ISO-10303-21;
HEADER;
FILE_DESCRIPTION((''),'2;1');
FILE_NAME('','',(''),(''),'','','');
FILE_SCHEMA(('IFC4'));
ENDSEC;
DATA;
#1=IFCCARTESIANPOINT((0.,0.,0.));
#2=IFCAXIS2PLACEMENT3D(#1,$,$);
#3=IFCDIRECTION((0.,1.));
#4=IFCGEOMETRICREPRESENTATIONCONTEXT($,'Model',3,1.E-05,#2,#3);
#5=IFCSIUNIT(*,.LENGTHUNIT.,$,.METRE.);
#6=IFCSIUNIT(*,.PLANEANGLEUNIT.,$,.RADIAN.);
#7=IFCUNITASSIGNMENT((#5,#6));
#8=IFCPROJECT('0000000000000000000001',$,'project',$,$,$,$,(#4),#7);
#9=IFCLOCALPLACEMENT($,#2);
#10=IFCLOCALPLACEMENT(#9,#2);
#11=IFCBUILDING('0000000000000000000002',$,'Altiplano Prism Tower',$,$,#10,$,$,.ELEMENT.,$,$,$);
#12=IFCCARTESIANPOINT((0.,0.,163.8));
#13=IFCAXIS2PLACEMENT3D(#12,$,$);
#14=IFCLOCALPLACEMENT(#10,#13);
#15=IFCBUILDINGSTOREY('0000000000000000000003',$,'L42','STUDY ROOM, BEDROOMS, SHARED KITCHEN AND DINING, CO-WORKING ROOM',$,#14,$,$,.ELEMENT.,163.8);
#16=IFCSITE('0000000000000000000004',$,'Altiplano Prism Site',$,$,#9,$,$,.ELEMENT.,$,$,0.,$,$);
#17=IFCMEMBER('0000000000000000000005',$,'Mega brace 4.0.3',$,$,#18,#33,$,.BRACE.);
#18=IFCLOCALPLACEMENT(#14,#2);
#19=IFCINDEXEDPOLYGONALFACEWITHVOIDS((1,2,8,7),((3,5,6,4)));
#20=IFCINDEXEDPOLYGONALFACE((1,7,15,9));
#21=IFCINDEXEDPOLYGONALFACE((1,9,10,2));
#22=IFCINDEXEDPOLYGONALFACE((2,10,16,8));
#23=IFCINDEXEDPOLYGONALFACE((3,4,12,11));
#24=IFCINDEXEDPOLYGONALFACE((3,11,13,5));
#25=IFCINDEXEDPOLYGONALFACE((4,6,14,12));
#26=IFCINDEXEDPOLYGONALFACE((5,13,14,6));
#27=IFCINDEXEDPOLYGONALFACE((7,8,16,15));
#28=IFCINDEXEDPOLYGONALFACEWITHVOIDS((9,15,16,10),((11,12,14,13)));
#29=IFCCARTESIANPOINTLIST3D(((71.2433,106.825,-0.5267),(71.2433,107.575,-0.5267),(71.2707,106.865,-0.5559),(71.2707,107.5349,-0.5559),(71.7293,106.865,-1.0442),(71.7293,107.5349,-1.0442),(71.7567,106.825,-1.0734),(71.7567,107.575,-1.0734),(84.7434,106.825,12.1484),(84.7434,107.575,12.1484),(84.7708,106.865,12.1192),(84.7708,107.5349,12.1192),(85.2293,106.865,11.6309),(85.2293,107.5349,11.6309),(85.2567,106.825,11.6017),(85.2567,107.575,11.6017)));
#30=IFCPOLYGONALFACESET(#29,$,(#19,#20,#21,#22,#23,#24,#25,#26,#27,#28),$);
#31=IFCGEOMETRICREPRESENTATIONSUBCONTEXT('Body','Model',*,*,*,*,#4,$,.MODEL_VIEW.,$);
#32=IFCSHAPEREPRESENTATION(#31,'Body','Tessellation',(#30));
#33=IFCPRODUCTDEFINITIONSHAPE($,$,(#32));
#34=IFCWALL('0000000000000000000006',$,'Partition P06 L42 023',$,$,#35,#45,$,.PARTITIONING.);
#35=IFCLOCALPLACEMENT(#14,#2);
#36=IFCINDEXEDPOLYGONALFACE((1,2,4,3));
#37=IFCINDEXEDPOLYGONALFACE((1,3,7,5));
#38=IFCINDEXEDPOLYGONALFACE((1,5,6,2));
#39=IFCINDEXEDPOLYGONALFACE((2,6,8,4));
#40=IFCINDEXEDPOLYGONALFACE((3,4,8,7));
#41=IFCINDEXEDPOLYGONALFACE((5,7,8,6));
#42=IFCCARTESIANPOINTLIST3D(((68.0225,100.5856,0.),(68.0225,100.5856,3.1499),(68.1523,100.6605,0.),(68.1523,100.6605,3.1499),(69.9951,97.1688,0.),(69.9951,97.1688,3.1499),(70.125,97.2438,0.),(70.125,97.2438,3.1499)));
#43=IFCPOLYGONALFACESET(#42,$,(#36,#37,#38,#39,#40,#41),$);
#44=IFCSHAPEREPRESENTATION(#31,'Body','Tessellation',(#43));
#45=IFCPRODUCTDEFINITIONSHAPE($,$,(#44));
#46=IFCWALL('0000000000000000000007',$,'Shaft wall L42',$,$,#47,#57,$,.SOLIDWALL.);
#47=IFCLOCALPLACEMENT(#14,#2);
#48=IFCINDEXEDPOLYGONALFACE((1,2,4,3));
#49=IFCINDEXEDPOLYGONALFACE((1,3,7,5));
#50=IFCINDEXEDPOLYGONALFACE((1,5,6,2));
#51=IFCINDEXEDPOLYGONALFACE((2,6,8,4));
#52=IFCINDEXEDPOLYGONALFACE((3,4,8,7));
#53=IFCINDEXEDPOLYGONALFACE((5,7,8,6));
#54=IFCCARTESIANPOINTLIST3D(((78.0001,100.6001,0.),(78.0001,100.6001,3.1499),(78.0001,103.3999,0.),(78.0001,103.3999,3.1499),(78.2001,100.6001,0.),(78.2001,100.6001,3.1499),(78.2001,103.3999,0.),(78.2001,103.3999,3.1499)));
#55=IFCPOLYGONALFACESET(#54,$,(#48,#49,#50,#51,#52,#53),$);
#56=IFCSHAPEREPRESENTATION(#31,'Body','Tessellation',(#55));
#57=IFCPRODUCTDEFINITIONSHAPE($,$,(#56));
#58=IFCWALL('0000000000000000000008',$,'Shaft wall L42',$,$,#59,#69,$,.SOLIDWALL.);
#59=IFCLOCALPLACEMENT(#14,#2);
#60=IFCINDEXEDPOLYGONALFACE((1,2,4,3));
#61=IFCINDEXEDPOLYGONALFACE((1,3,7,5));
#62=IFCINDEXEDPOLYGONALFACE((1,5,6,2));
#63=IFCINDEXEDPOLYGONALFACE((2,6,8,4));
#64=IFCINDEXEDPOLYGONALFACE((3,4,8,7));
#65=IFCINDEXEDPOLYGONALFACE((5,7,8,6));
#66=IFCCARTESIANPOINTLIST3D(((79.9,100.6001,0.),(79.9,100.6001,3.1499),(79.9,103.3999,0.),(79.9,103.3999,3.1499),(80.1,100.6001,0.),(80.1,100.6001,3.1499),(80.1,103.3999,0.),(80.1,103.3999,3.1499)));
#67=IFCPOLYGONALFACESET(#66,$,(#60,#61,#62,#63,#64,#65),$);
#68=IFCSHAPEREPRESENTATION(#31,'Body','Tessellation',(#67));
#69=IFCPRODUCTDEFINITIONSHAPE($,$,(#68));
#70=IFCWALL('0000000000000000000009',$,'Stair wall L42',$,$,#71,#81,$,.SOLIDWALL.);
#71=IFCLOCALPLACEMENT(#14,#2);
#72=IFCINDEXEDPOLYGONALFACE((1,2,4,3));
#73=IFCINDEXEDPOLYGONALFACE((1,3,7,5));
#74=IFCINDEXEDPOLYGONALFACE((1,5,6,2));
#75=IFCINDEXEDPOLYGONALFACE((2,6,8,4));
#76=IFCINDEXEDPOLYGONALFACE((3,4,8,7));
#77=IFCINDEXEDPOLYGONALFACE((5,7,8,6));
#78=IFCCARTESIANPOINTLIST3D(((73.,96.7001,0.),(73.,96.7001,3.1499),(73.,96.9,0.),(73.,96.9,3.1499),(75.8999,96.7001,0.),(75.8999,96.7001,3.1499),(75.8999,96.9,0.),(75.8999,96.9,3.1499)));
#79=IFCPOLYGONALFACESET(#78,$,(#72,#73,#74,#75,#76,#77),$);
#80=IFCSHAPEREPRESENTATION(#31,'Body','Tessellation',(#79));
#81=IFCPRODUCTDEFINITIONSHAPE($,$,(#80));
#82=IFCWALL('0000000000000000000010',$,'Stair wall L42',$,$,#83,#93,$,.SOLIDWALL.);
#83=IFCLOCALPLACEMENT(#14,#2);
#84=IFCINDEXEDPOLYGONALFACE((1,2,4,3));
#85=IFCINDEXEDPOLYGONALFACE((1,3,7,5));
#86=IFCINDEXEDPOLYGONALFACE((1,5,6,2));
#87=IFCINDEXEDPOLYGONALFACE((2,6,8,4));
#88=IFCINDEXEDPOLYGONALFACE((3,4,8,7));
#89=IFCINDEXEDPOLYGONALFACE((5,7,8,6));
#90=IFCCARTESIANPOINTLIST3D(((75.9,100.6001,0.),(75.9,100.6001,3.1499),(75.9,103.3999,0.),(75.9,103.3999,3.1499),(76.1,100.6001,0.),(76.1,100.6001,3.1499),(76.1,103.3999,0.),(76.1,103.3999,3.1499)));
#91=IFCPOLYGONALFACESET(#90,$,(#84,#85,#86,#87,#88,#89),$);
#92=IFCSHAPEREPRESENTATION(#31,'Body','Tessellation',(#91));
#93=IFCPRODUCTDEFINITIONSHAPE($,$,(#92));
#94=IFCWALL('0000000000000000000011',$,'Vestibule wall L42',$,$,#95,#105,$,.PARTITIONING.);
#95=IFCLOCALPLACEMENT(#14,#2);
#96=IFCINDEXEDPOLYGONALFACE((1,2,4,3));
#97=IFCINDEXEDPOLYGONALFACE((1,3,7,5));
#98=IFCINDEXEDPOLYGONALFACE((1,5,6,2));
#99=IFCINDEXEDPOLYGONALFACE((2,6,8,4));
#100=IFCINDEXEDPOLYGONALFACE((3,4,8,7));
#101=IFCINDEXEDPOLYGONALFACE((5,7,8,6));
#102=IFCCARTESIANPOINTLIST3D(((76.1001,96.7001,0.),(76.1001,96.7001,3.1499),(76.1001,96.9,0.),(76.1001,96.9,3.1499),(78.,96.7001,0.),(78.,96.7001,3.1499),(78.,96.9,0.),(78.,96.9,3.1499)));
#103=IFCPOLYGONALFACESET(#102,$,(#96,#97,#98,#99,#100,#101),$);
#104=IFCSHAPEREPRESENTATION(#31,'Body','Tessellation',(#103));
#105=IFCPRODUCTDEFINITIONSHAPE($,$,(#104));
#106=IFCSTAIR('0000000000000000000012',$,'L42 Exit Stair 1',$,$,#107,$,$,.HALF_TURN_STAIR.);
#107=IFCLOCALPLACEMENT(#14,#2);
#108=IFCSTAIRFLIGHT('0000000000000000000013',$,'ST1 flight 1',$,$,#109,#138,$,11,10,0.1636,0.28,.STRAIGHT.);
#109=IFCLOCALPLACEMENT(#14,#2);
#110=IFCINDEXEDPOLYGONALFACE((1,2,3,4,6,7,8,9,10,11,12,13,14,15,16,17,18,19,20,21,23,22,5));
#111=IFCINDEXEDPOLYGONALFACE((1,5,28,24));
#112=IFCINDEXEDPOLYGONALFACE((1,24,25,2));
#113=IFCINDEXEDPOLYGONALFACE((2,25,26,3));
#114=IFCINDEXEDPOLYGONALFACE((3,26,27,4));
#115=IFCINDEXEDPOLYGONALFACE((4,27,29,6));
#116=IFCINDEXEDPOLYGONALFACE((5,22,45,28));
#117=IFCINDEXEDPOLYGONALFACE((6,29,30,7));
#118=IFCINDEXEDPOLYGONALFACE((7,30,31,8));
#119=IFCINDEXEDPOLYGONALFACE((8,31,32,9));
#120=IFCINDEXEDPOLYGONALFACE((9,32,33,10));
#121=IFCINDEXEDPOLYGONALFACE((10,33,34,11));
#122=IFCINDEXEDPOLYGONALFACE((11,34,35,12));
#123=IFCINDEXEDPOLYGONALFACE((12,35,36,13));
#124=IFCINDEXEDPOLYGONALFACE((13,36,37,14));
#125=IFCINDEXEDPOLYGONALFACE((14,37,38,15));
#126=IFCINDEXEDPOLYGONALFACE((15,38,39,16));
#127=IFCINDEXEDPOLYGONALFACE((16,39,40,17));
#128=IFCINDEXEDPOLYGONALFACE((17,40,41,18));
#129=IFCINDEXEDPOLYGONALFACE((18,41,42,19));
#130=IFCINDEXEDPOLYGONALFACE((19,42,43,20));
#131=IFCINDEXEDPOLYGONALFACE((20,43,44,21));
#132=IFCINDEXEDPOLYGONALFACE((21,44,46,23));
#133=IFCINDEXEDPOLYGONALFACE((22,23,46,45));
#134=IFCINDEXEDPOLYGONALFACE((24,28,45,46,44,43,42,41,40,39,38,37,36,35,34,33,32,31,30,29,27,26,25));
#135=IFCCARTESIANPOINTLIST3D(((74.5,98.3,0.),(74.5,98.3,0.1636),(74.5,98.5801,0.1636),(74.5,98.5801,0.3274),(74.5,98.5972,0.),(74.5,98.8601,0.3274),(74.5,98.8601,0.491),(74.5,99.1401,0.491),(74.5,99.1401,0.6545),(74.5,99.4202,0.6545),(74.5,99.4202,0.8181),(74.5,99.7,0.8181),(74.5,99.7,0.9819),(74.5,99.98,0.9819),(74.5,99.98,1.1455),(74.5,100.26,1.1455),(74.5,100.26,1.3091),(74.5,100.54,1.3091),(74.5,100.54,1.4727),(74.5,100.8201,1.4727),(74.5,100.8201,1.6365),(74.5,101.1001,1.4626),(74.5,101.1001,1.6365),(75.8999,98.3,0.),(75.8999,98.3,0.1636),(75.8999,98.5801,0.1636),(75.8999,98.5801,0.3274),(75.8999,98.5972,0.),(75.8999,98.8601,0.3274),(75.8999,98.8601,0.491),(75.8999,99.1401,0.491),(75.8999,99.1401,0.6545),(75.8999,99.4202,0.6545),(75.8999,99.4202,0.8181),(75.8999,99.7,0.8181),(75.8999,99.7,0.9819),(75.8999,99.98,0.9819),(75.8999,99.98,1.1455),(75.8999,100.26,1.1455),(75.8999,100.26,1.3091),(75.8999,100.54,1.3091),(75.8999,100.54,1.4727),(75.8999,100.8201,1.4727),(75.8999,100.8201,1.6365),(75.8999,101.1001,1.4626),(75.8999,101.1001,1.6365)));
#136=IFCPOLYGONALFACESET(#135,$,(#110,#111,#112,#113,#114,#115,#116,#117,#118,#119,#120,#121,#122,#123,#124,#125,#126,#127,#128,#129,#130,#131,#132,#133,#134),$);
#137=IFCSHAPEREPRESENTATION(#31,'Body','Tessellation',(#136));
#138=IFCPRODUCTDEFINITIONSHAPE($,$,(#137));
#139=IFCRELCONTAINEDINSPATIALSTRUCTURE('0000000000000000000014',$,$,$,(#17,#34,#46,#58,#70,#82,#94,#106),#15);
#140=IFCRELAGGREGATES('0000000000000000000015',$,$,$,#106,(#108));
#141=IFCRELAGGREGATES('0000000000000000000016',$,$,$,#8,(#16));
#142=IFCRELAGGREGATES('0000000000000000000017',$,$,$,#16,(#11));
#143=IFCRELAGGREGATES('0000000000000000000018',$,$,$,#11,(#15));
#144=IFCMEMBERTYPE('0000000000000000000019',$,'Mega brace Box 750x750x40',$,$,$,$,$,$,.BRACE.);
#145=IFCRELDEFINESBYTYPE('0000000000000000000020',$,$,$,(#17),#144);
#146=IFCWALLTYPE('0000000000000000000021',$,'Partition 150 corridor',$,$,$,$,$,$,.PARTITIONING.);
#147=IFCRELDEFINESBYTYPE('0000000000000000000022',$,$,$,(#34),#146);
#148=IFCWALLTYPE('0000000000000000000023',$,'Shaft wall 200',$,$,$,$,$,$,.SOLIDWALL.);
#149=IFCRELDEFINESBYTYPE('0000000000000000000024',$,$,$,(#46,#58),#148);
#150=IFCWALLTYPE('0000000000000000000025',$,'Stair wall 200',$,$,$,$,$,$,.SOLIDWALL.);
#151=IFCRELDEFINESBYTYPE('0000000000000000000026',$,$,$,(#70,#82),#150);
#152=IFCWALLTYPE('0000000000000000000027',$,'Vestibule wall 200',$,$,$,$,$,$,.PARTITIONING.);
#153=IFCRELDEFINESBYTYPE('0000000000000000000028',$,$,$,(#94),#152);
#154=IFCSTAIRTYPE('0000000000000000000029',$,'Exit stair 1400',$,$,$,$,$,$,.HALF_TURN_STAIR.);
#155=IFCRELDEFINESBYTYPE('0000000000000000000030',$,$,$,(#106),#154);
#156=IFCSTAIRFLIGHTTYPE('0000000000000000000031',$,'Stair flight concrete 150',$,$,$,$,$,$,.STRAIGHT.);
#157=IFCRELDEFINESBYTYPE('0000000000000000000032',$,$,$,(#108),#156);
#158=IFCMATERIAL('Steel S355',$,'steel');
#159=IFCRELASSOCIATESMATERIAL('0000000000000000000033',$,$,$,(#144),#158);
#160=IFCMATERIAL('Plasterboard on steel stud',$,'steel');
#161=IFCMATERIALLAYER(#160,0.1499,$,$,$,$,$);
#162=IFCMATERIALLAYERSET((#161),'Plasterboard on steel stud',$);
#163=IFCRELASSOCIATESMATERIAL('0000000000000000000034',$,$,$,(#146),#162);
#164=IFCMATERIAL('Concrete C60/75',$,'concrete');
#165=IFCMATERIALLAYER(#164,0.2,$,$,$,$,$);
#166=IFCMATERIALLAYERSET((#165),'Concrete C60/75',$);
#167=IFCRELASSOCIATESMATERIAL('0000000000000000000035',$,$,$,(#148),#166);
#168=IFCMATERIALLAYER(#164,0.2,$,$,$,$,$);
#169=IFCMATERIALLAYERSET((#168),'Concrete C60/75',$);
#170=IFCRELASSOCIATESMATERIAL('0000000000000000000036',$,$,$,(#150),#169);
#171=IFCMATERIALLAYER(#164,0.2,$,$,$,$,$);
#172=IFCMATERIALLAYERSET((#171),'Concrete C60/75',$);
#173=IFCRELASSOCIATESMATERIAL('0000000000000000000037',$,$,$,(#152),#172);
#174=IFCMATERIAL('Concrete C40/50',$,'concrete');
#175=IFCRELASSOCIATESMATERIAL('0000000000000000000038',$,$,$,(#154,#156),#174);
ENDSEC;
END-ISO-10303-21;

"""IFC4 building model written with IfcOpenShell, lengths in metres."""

from ifc_helpers import new_model, si_unit, direction, frame, frame_2d, origin, origin_2d, place, context, subcontext, project, spatial, polyline, rectangle, hollow_rectangle, outline, extrude, material, layer, layer_set, material_profile, profile_set, type_object, element, aggregate, save


model = new_model("IFC4")

# Units and contexts
model_context = context("Model", 3, precision=1e-05, world=origin(), true_north=direction((0.0, 1.0)))
body_context = subcontext(model_context, "Body", "Model", "MODEL_VIEW")
ifc_project = project(units=[si_unit("LENGTHUNIT", "METRE"), si_unit("PLANEANGLEUNIT", "RADIAN")], contexts=[model_context])

# Site, building, storey
site_placement = place(None, origin())
site = spatial("IfcSite", under=ifc_project, at=site_placement, Name="Altiplano Prism Site", CompositionType="ELEMENT", RefElevation=0.0)
building_placement = place(site_placement, origin())
building = spatial("IfcBuilding", under=site, at=building_placement, Name="Altiplano Prism Tower", CompositionType="ELEMENT")
storey_placement = place(building_placement, frame((0.0, 0.0, 163.8)))
storey = spatial("IfcBuildingStorey", under=building, at=storey_placement, Name="L42", Description="STUDY ROOM, BEDROOMS, SHARED KITCHEN AND DINING, CO-WORKING ROOM", CompositionType="ELEMENT", Elevation=163.8)

# Member
ifc_material_1 = material(Name="Steel S355", Category="steel")
ifc_material_profile = material_profile(ifc_material_1, hollow_rectangle(XDim=0.75, YDim=0.75, WallThickness=0.04, at=origin_2d()), Name="Mega brace Box 750x750x40")
ifc_profile_set = profile_set([ifc_material_profile], Name="Steel S355")
member_type = type_object("IfcMemberType", Name="Mega brace Box 750x750x40", PredefinedType="BRACE", material=ifc_profile_set)
member_placement = place(storey_placement, frame((71.5, 107.2, -0.8), z_axis=(0.72903, 0.0, 0.684481), x_axis=(0.0, 1.0, 0.0)))
element("IfcMember", 1, at=member_placement, inside=storey, type_object=member_type, Name="Mega brace 4.0.3", PredefinedType="BRACE", context=body_context, shape_type="SweptSolid", body=[
    extrude(hollow_rectangle(XDim=0.75, YDim=0.75, WallThickness=0.04, at=origin_2d()), origin(), (0.0, 0.0, 1.0), 18.5178),
])

# Walls
ifc_material_2 = material(Name="Plasterboard on steel stud", Category="steel")
ifc_layer_1 = layer(ifc_material_2, 0.1499)
ifc_layer_set_1 = layer_set([ifc_layer_1], Name="Plasterboard on steel stud")
wall_type_1 = type_object("IfcWallType", Name="Partition 150 corridor", PredefinedType="PARTITIONING", material=ifc_layer_set_1)
wall_1_placement = place(storey_placement, frame((70.0601, 97.2063, 0.0), z_axis=(0.0, 0.0, 1.0), x_axis=(-0.499999, 0.866026, 0.0)))
element("IfcWall", 2, at=wall_1_placement, inside=storey, type_object=wall_type_1, Name="Partition P06 L42 023", PredefinedType="PARTITIONING", context=body_context, shape_type="SweptSolid", body=[
    extrude(rectangle(XDim=3.9453, YDim=0.1499, at=frame_2d((1.9727, 0.0))), origin(), (0.0, 0.0, 1.0), 3.1499),
])
ifc_material_3 = material(Name="Concrete C60/75", Category="concrete")
ifc_layer_2 = layer(ifc_material_3, 0.2)
ifc_layer_set_2 = layer_set([ifc_layer_2], Name="Concrete C60/75")
wall_type_2 = type_object("IfcWallType", Name="Shaft wall 200", PredefinedType="SOLIDWALL", material=ifc_layer_set_2)
for number, where, z_axis, x_axis, name in (
    (3, (78.1001, 100.6001, 0.0), (0.0, 0.0, 1.0), (0.0, 1.0, 0.0), "Shaft wall L42"),
    (4, (80.0, 100.6001, 0.0), (0.0, 0.0, 1.0), (0.0, 1.0, 0.0), "Shaft wall L42"),
):
    element("IfcWall", number, at=place(storey_placement, frame(where, z_axis=z_axis, x_axis=x_axis)), inside=storey, type_object=wall_type_2, Name=name, PredefinedType="SOLIDWALL", context=body_context, shape_type="SweptSolid", body=[
        extrude(rectangle(XDim=2.7998, YDim=0.2, at=frame_2d((1.3999, 0.0))), origin(), (0.0, 0.0, 1.0), 3.1499),
    ])
ifc_layer_3 = layer(ifc_material_3, 0.2)
ifc_layer_set_3 = layer_set([ifc_layer_3], Name="Concrete C60/75")
wall_type_3 = type_object("IfcWallType", Name="Stair wall 200", PredefinedType="SOLIDWALL", material=ifc_layer_set_3)
wall_2_placement = place(storey_placement, frame((73.0, 96.8, 0.0), z_axis=(0.0, 0.0, 1.0), x_axis=(1.0, 0.0, 0.0)))
element("IfcWall", 5, at=wall_2_placement, inside=storey, type_object=wall_type_3, Name="Stair wall L42", PredefinedType="SOLIDWALL", context=body_context, shape_type="SweptSolid", body=[
    extrude(rectangle(XDim=2.8999, YDim=0.2, at=frame_2d((1.45, 0.0))), origin(), (0.0, 0.0, 1.0), 3.1499),
])

# Walls
wall_3_placement = place(storey_placement, frame((76.0, 100.6001, 0.0), z_axis=(0.0, 0.0, 1.0), x_axis=(0.0, 1.0, 0.0)))
element("IfcWall", 6, at=wall_3_placement, inside=storey, type_object=wall_type_3, Name="Stair wall L42", PredefinedType="SOLIDWALL", context=body_context, shape_type="SweptSolid", body=[
    extrude(rectangle(XDim=2.7998, YDim=0.2, at=frame_2d((1.3999, 0.0))), origin(), (0.0, 0.0, 1.0), 3.1499),
])
ifc_layer_4 = layer(ifc_material_3, 0.2)
ifc_layer_set_4 = layer_set([ifc_layer_4], Name="Concrete C60/75")
wall_type_4 = type_object("IfcWallType", Name="Vestibule wall 200", PredefinedType="PARTITIONING", material=ifc_layer_set_4)
wall_4_placement = place(storey_placement, frame((76.1001, 96.8, 0.0), z_axis=(0.0, 0.0, 1.0), x_axis=(1.0, 0.0, 0.0)))
element("IfcWall", 7, at=wall_4_placement, inside=storey, type_object=wall_type_4, Name="Vestibule wall L42", PredefinedType="PARTITIONING", context=body_context, shape_type="SweptSolid", body=[
    extrude(rectangle(XDim=1.8999, YDim=0.2, at=frame_2d((0.95, 0.0))), origin(), (0.0, 0.0, 1.0), 3.1499),
])

# Stair, stair flight
ifc_material_4 = material(Name="Concrete C40/50", Category="concrete")
stair_type = type_object("IfcStairType", Name="Exit stair 1400", PredefinedType="HALF_TURN_STAIR", material=ifc_material_4)
stair_placement = place(storey_placement, origin())
stair = element("IfcStair", 8, at=stair_placement, inside=storey, type_object=stair_type, Name="L42 Exit Stair 1", PredefinedType="HALF_TURN_STAIR")
stair_flight_type = type_object("IfcStairFlightType", Name="Stair flight concrete 150", PredefinedType="STRAIGHT", material=ifc_material_4)
stair_flight_placement = place(storey_placement, frame((75.2, 98.3, 0.0), z_axis=(0.0, 0.0, 1.0), x_axis=(0.0, 1.0, 0.0)))
stair_flight = element("IfcStairFlight", 9, at=stair_flight_placement, type_object=stair_flight_type, Name="ST1 flight 1", NumberOfRisers=11, NumberOfTreads=10, PredefinedType="STRAIGHT", RiserHeight=0.1636, TreadLength=0.28, context=body_context, shape_type="SweptSolid", body=[
    extrude(outline(polyline([(0.0, 0.0), (0.0, 0.1636), (0.28, 0.1636), (0.28, 0.3274), (0.5601, 0.3274), (0.5601, 0.491), (0.8401, 0.491), (0.8401, 0.6545), (1.1201, 0.6545), (1.1201, 0.8181), (1.3999, 0.8181), (1.3999, 0.9819), (1.6799, 0.9819), (1.6799, 1.1455), (1.96, 1.1455), (1.96, 1.3091), (2.24, 1.3091), (2.24, 1.4727), (2.52, 1.4727), (2.52, 1.6365), (2.8, 1.6365), (2.8, 1.8), (2.8, 1.4626), (0.2971, 0.0), (0.0, 0.0)])), frame((0.0, 0.7, 0.0), z_axis=(0.0, -1.0, 0.0), x_axis=(1.0, 0.0, 0.0)), (0.0, 0.0, 1.0), 1.3999),
])
aggregate(stair, [stair_flight])

save(model, "model.ifc")
